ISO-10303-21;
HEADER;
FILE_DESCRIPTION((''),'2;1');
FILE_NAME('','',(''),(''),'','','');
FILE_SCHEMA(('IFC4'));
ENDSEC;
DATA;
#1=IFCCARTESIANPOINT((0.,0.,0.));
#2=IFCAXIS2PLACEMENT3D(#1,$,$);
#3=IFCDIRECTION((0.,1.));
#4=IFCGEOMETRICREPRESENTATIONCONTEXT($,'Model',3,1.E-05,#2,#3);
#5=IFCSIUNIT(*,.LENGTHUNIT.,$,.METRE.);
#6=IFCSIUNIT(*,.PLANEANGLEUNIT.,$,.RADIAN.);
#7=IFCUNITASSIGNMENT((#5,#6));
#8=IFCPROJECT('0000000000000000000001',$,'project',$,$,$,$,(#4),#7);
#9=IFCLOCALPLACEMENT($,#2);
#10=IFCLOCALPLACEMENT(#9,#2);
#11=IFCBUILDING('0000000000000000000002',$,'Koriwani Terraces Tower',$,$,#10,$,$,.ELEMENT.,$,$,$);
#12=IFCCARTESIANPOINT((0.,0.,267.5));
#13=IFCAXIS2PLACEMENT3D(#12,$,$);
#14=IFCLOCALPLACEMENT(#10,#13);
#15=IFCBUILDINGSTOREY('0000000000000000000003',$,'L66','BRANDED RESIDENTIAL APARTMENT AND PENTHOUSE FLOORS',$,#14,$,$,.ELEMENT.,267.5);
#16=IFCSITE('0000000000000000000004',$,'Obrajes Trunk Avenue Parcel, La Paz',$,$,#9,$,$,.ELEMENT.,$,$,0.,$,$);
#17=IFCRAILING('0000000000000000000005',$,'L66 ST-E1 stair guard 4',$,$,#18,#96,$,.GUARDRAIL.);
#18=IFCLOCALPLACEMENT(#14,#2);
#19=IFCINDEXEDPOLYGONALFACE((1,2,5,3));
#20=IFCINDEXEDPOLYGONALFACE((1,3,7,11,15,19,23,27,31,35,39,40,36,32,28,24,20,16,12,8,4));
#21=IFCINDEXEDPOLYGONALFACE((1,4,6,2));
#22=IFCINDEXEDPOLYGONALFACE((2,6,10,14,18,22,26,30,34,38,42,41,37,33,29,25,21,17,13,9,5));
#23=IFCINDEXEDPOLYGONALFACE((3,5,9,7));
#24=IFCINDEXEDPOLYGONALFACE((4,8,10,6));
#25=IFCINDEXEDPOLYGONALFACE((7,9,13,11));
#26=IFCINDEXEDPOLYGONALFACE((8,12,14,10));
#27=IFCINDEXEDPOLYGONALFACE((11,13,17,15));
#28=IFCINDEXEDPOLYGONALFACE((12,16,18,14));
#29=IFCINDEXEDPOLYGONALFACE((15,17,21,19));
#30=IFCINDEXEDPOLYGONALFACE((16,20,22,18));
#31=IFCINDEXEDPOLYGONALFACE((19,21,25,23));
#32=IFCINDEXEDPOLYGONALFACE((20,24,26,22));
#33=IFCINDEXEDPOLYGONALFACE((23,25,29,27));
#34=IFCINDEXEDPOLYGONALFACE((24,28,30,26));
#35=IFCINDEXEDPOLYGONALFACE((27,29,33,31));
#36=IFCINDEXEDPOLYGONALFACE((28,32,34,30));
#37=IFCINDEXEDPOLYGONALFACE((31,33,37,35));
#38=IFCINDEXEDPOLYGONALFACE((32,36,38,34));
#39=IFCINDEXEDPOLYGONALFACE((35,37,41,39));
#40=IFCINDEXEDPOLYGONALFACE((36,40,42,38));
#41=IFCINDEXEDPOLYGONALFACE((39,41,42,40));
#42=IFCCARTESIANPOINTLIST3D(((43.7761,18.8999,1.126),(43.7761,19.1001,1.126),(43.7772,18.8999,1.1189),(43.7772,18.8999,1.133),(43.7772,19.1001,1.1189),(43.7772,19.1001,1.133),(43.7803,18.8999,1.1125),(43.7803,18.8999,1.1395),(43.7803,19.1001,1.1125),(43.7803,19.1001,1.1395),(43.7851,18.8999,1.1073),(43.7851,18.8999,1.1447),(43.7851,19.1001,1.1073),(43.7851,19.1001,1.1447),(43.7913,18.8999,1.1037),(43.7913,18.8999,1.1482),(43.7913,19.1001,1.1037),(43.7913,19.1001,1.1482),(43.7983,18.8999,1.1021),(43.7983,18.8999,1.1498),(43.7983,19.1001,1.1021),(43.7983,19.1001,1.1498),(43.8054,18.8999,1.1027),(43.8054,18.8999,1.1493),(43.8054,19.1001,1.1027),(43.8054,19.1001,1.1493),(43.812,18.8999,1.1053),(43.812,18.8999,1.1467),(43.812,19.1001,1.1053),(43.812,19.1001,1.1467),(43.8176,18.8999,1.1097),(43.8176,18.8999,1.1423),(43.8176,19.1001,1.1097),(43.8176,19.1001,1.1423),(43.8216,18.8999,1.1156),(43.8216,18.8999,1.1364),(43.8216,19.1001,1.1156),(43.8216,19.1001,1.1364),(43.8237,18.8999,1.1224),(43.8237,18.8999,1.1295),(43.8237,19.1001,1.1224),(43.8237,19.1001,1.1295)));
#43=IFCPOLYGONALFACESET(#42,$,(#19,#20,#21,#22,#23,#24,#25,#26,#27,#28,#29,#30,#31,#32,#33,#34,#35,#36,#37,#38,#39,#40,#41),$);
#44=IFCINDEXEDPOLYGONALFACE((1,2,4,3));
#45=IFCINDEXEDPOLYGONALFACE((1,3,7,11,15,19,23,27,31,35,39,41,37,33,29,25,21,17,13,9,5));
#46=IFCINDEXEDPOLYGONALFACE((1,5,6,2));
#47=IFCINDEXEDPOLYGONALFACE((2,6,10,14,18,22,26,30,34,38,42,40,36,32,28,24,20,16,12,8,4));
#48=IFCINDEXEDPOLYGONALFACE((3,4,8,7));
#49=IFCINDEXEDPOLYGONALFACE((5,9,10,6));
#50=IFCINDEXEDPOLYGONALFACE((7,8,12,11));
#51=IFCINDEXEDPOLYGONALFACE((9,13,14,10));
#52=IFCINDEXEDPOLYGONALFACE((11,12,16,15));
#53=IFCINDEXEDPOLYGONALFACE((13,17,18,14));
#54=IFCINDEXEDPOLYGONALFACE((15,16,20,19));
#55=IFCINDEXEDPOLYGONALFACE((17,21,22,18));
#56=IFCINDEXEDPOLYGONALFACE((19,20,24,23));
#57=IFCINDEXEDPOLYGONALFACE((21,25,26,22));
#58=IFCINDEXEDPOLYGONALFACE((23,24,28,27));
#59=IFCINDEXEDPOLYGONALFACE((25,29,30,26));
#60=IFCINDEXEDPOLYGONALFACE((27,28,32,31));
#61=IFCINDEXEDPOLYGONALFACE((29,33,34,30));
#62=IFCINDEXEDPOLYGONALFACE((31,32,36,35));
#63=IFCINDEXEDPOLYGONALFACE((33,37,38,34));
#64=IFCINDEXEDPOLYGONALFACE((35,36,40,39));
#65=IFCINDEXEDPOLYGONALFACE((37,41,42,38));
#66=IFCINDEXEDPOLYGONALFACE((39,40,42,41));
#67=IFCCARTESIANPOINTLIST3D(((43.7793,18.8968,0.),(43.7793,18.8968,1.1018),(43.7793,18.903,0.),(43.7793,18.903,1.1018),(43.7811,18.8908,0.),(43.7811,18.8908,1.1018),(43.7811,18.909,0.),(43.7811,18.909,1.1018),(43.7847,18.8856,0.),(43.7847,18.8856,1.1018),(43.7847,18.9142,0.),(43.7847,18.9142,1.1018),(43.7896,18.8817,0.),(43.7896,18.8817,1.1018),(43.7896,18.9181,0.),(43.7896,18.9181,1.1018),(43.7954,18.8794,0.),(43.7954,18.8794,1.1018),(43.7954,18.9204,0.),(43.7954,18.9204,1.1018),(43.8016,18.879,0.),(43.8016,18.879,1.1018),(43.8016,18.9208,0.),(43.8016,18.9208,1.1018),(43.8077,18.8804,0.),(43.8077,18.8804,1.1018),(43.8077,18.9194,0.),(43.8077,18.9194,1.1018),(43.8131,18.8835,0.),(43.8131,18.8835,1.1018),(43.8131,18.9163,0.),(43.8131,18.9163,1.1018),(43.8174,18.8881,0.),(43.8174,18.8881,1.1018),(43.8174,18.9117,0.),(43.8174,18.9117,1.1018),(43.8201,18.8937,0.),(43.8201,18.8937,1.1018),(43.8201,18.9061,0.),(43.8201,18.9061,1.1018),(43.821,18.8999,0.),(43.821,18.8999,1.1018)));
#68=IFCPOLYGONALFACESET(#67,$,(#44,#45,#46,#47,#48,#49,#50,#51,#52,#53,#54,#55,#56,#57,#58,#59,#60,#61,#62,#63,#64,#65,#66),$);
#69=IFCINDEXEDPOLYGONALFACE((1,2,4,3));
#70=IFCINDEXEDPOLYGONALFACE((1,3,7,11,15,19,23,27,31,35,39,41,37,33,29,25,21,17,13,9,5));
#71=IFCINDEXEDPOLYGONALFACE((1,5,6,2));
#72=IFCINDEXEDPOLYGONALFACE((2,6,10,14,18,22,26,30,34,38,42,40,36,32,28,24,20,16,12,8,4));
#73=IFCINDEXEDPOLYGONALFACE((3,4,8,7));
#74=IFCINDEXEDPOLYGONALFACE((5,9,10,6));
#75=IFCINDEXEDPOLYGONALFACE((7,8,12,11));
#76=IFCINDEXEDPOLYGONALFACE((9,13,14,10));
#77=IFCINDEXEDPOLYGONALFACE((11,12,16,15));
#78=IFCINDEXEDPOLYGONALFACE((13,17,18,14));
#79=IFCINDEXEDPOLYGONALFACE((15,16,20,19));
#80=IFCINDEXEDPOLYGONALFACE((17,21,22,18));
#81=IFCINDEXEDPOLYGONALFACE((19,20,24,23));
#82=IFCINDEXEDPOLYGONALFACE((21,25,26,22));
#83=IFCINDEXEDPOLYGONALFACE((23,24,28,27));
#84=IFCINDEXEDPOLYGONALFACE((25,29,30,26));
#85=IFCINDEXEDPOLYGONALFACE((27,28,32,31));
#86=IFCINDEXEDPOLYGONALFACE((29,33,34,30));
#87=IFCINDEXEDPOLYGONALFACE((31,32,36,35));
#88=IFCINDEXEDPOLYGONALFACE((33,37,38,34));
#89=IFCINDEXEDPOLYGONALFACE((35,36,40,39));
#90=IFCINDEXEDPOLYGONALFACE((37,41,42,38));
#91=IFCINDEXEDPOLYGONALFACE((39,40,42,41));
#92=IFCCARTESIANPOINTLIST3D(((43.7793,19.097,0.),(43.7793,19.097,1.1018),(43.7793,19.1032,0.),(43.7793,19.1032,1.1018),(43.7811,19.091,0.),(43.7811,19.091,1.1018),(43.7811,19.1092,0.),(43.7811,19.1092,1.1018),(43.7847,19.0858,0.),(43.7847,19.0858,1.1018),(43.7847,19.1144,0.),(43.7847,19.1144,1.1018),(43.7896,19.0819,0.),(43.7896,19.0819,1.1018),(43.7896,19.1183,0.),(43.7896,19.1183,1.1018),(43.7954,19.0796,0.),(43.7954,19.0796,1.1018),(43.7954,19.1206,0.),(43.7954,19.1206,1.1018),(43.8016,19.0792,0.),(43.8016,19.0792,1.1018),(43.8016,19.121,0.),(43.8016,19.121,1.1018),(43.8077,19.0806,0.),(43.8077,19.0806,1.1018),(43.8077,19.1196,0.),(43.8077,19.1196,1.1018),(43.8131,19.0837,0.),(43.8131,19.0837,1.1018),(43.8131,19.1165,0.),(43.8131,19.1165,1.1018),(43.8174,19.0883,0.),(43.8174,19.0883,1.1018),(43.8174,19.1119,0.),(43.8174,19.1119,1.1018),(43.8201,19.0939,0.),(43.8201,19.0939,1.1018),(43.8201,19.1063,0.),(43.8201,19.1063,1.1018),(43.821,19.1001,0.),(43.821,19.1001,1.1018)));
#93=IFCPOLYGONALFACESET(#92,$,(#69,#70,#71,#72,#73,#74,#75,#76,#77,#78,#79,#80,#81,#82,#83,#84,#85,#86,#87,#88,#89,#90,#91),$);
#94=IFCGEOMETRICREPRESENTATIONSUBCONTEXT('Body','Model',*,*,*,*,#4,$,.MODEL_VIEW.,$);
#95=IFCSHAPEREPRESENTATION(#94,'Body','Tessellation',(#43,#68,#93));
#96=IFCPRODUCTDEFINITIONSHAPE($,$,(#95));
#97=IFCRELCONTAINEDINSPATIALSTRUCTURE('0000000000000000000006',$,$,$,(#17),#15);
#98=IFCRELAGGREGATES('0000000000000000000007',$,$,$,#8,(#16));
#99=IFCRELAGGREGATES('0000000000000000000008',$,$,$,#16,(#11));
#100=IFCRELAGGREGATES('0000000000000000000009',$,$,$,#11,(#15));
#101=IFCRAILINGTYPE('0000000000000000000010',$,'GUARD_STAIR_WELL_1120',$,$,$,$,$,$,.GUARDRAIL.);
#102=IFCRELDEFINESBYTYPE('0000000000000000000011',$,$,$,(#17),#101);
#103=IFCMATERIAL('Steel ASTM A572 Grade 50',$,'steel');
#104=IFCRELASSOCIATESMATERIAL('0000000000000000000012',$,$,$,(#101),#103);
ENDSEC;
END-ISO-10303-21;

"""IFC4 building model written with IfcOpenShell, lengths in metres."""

from ifc_helpers import new_model, si_unit, direction, frame, origin, origin_2d, place, context, subcontext, project, spatial, circle, extrude, material, type_object, element, save


model = new_model("IFC4")

# Units and contexts
model_context = context("Model", 3, precision=1e-05, world=origin(), true_north=direction((0.0, 1.0)))
body_context = subcontext(model_context, "Body", "Model", "MODEL_VIEW")
ifc_project = project(units=[si_unit("LENGTHUNIT", "METRE"), si_unit("PLANEANGLEUNIT", "RADIAN")], contexts=[model_context])

# Site, building, storey
site_placement = place(None, origin())
site = spatial("IfcSite", under=ifc_project, at=site_placement, Name="Obrajes Trunk Avenue Parcel, La Paz", CompositionType="ELEMENT", RefElevation=0.0)
building_placement = place(site_placement, origin())
building = spatial("IfcBuilding", under=site, at=building_placement, Name="Koriwani Terraces Tower", CompositionType="ELEMENT")
storey_placement = place(building_placement, frame((0.0, 0.0, 267.5)))
storey = spatial("IfcBuildingStorey", under=building, at=storey_placement, Name="L66", Description="BRANDED RESIDENTIAL APARTMENT AND PENTHOUSE FLOORS", CompositionType="ELEMENT", Elevation=267.5)

# Shared definitions
ifc_material_1 = material(Name="Steel ASTM A572 Grade 50", Category="steel")

# Railing
railing_type_1 = type_object("IfcRailingType", Name="GUARD_STAIR_WELL_1120", PredefinedType="GUARDRAIL", material=ifc_material_1)
railing_1_placement = place(storey_placement, frame((43.8, 18.8999, 0.0)))
element("IfcRailing", 1, at=railing_1_placement, inside=storey, type_object=railing_type_1, Name="L66 ST-E1 stair guard 4", PredefinedType="GUARDRAIL", context=body_context, shape_type="SweptSolid", body=[
    extrude(circle(Radius=0.0239, at=origin_2d()), frame((0.0, 0.0, 1.126), z_axis=(0.0, 1.0, 0.0), x_axis=(-1.0, 0.0, 0.0)), (0.0, 0.0, 1.0), 0.2002),
    extrude(circle(Radius=0.021, at=origin_2d()), origin(), (0.0, 0.0, 1.0), 1.1018),
    extrude(circle(Radius=0.021, at=origin_2d()), frame((0.0, 0.2002, 0.0)), (0.0, 0.0, 1.0), 1.1018),
])

save(model, "model.ifc")
